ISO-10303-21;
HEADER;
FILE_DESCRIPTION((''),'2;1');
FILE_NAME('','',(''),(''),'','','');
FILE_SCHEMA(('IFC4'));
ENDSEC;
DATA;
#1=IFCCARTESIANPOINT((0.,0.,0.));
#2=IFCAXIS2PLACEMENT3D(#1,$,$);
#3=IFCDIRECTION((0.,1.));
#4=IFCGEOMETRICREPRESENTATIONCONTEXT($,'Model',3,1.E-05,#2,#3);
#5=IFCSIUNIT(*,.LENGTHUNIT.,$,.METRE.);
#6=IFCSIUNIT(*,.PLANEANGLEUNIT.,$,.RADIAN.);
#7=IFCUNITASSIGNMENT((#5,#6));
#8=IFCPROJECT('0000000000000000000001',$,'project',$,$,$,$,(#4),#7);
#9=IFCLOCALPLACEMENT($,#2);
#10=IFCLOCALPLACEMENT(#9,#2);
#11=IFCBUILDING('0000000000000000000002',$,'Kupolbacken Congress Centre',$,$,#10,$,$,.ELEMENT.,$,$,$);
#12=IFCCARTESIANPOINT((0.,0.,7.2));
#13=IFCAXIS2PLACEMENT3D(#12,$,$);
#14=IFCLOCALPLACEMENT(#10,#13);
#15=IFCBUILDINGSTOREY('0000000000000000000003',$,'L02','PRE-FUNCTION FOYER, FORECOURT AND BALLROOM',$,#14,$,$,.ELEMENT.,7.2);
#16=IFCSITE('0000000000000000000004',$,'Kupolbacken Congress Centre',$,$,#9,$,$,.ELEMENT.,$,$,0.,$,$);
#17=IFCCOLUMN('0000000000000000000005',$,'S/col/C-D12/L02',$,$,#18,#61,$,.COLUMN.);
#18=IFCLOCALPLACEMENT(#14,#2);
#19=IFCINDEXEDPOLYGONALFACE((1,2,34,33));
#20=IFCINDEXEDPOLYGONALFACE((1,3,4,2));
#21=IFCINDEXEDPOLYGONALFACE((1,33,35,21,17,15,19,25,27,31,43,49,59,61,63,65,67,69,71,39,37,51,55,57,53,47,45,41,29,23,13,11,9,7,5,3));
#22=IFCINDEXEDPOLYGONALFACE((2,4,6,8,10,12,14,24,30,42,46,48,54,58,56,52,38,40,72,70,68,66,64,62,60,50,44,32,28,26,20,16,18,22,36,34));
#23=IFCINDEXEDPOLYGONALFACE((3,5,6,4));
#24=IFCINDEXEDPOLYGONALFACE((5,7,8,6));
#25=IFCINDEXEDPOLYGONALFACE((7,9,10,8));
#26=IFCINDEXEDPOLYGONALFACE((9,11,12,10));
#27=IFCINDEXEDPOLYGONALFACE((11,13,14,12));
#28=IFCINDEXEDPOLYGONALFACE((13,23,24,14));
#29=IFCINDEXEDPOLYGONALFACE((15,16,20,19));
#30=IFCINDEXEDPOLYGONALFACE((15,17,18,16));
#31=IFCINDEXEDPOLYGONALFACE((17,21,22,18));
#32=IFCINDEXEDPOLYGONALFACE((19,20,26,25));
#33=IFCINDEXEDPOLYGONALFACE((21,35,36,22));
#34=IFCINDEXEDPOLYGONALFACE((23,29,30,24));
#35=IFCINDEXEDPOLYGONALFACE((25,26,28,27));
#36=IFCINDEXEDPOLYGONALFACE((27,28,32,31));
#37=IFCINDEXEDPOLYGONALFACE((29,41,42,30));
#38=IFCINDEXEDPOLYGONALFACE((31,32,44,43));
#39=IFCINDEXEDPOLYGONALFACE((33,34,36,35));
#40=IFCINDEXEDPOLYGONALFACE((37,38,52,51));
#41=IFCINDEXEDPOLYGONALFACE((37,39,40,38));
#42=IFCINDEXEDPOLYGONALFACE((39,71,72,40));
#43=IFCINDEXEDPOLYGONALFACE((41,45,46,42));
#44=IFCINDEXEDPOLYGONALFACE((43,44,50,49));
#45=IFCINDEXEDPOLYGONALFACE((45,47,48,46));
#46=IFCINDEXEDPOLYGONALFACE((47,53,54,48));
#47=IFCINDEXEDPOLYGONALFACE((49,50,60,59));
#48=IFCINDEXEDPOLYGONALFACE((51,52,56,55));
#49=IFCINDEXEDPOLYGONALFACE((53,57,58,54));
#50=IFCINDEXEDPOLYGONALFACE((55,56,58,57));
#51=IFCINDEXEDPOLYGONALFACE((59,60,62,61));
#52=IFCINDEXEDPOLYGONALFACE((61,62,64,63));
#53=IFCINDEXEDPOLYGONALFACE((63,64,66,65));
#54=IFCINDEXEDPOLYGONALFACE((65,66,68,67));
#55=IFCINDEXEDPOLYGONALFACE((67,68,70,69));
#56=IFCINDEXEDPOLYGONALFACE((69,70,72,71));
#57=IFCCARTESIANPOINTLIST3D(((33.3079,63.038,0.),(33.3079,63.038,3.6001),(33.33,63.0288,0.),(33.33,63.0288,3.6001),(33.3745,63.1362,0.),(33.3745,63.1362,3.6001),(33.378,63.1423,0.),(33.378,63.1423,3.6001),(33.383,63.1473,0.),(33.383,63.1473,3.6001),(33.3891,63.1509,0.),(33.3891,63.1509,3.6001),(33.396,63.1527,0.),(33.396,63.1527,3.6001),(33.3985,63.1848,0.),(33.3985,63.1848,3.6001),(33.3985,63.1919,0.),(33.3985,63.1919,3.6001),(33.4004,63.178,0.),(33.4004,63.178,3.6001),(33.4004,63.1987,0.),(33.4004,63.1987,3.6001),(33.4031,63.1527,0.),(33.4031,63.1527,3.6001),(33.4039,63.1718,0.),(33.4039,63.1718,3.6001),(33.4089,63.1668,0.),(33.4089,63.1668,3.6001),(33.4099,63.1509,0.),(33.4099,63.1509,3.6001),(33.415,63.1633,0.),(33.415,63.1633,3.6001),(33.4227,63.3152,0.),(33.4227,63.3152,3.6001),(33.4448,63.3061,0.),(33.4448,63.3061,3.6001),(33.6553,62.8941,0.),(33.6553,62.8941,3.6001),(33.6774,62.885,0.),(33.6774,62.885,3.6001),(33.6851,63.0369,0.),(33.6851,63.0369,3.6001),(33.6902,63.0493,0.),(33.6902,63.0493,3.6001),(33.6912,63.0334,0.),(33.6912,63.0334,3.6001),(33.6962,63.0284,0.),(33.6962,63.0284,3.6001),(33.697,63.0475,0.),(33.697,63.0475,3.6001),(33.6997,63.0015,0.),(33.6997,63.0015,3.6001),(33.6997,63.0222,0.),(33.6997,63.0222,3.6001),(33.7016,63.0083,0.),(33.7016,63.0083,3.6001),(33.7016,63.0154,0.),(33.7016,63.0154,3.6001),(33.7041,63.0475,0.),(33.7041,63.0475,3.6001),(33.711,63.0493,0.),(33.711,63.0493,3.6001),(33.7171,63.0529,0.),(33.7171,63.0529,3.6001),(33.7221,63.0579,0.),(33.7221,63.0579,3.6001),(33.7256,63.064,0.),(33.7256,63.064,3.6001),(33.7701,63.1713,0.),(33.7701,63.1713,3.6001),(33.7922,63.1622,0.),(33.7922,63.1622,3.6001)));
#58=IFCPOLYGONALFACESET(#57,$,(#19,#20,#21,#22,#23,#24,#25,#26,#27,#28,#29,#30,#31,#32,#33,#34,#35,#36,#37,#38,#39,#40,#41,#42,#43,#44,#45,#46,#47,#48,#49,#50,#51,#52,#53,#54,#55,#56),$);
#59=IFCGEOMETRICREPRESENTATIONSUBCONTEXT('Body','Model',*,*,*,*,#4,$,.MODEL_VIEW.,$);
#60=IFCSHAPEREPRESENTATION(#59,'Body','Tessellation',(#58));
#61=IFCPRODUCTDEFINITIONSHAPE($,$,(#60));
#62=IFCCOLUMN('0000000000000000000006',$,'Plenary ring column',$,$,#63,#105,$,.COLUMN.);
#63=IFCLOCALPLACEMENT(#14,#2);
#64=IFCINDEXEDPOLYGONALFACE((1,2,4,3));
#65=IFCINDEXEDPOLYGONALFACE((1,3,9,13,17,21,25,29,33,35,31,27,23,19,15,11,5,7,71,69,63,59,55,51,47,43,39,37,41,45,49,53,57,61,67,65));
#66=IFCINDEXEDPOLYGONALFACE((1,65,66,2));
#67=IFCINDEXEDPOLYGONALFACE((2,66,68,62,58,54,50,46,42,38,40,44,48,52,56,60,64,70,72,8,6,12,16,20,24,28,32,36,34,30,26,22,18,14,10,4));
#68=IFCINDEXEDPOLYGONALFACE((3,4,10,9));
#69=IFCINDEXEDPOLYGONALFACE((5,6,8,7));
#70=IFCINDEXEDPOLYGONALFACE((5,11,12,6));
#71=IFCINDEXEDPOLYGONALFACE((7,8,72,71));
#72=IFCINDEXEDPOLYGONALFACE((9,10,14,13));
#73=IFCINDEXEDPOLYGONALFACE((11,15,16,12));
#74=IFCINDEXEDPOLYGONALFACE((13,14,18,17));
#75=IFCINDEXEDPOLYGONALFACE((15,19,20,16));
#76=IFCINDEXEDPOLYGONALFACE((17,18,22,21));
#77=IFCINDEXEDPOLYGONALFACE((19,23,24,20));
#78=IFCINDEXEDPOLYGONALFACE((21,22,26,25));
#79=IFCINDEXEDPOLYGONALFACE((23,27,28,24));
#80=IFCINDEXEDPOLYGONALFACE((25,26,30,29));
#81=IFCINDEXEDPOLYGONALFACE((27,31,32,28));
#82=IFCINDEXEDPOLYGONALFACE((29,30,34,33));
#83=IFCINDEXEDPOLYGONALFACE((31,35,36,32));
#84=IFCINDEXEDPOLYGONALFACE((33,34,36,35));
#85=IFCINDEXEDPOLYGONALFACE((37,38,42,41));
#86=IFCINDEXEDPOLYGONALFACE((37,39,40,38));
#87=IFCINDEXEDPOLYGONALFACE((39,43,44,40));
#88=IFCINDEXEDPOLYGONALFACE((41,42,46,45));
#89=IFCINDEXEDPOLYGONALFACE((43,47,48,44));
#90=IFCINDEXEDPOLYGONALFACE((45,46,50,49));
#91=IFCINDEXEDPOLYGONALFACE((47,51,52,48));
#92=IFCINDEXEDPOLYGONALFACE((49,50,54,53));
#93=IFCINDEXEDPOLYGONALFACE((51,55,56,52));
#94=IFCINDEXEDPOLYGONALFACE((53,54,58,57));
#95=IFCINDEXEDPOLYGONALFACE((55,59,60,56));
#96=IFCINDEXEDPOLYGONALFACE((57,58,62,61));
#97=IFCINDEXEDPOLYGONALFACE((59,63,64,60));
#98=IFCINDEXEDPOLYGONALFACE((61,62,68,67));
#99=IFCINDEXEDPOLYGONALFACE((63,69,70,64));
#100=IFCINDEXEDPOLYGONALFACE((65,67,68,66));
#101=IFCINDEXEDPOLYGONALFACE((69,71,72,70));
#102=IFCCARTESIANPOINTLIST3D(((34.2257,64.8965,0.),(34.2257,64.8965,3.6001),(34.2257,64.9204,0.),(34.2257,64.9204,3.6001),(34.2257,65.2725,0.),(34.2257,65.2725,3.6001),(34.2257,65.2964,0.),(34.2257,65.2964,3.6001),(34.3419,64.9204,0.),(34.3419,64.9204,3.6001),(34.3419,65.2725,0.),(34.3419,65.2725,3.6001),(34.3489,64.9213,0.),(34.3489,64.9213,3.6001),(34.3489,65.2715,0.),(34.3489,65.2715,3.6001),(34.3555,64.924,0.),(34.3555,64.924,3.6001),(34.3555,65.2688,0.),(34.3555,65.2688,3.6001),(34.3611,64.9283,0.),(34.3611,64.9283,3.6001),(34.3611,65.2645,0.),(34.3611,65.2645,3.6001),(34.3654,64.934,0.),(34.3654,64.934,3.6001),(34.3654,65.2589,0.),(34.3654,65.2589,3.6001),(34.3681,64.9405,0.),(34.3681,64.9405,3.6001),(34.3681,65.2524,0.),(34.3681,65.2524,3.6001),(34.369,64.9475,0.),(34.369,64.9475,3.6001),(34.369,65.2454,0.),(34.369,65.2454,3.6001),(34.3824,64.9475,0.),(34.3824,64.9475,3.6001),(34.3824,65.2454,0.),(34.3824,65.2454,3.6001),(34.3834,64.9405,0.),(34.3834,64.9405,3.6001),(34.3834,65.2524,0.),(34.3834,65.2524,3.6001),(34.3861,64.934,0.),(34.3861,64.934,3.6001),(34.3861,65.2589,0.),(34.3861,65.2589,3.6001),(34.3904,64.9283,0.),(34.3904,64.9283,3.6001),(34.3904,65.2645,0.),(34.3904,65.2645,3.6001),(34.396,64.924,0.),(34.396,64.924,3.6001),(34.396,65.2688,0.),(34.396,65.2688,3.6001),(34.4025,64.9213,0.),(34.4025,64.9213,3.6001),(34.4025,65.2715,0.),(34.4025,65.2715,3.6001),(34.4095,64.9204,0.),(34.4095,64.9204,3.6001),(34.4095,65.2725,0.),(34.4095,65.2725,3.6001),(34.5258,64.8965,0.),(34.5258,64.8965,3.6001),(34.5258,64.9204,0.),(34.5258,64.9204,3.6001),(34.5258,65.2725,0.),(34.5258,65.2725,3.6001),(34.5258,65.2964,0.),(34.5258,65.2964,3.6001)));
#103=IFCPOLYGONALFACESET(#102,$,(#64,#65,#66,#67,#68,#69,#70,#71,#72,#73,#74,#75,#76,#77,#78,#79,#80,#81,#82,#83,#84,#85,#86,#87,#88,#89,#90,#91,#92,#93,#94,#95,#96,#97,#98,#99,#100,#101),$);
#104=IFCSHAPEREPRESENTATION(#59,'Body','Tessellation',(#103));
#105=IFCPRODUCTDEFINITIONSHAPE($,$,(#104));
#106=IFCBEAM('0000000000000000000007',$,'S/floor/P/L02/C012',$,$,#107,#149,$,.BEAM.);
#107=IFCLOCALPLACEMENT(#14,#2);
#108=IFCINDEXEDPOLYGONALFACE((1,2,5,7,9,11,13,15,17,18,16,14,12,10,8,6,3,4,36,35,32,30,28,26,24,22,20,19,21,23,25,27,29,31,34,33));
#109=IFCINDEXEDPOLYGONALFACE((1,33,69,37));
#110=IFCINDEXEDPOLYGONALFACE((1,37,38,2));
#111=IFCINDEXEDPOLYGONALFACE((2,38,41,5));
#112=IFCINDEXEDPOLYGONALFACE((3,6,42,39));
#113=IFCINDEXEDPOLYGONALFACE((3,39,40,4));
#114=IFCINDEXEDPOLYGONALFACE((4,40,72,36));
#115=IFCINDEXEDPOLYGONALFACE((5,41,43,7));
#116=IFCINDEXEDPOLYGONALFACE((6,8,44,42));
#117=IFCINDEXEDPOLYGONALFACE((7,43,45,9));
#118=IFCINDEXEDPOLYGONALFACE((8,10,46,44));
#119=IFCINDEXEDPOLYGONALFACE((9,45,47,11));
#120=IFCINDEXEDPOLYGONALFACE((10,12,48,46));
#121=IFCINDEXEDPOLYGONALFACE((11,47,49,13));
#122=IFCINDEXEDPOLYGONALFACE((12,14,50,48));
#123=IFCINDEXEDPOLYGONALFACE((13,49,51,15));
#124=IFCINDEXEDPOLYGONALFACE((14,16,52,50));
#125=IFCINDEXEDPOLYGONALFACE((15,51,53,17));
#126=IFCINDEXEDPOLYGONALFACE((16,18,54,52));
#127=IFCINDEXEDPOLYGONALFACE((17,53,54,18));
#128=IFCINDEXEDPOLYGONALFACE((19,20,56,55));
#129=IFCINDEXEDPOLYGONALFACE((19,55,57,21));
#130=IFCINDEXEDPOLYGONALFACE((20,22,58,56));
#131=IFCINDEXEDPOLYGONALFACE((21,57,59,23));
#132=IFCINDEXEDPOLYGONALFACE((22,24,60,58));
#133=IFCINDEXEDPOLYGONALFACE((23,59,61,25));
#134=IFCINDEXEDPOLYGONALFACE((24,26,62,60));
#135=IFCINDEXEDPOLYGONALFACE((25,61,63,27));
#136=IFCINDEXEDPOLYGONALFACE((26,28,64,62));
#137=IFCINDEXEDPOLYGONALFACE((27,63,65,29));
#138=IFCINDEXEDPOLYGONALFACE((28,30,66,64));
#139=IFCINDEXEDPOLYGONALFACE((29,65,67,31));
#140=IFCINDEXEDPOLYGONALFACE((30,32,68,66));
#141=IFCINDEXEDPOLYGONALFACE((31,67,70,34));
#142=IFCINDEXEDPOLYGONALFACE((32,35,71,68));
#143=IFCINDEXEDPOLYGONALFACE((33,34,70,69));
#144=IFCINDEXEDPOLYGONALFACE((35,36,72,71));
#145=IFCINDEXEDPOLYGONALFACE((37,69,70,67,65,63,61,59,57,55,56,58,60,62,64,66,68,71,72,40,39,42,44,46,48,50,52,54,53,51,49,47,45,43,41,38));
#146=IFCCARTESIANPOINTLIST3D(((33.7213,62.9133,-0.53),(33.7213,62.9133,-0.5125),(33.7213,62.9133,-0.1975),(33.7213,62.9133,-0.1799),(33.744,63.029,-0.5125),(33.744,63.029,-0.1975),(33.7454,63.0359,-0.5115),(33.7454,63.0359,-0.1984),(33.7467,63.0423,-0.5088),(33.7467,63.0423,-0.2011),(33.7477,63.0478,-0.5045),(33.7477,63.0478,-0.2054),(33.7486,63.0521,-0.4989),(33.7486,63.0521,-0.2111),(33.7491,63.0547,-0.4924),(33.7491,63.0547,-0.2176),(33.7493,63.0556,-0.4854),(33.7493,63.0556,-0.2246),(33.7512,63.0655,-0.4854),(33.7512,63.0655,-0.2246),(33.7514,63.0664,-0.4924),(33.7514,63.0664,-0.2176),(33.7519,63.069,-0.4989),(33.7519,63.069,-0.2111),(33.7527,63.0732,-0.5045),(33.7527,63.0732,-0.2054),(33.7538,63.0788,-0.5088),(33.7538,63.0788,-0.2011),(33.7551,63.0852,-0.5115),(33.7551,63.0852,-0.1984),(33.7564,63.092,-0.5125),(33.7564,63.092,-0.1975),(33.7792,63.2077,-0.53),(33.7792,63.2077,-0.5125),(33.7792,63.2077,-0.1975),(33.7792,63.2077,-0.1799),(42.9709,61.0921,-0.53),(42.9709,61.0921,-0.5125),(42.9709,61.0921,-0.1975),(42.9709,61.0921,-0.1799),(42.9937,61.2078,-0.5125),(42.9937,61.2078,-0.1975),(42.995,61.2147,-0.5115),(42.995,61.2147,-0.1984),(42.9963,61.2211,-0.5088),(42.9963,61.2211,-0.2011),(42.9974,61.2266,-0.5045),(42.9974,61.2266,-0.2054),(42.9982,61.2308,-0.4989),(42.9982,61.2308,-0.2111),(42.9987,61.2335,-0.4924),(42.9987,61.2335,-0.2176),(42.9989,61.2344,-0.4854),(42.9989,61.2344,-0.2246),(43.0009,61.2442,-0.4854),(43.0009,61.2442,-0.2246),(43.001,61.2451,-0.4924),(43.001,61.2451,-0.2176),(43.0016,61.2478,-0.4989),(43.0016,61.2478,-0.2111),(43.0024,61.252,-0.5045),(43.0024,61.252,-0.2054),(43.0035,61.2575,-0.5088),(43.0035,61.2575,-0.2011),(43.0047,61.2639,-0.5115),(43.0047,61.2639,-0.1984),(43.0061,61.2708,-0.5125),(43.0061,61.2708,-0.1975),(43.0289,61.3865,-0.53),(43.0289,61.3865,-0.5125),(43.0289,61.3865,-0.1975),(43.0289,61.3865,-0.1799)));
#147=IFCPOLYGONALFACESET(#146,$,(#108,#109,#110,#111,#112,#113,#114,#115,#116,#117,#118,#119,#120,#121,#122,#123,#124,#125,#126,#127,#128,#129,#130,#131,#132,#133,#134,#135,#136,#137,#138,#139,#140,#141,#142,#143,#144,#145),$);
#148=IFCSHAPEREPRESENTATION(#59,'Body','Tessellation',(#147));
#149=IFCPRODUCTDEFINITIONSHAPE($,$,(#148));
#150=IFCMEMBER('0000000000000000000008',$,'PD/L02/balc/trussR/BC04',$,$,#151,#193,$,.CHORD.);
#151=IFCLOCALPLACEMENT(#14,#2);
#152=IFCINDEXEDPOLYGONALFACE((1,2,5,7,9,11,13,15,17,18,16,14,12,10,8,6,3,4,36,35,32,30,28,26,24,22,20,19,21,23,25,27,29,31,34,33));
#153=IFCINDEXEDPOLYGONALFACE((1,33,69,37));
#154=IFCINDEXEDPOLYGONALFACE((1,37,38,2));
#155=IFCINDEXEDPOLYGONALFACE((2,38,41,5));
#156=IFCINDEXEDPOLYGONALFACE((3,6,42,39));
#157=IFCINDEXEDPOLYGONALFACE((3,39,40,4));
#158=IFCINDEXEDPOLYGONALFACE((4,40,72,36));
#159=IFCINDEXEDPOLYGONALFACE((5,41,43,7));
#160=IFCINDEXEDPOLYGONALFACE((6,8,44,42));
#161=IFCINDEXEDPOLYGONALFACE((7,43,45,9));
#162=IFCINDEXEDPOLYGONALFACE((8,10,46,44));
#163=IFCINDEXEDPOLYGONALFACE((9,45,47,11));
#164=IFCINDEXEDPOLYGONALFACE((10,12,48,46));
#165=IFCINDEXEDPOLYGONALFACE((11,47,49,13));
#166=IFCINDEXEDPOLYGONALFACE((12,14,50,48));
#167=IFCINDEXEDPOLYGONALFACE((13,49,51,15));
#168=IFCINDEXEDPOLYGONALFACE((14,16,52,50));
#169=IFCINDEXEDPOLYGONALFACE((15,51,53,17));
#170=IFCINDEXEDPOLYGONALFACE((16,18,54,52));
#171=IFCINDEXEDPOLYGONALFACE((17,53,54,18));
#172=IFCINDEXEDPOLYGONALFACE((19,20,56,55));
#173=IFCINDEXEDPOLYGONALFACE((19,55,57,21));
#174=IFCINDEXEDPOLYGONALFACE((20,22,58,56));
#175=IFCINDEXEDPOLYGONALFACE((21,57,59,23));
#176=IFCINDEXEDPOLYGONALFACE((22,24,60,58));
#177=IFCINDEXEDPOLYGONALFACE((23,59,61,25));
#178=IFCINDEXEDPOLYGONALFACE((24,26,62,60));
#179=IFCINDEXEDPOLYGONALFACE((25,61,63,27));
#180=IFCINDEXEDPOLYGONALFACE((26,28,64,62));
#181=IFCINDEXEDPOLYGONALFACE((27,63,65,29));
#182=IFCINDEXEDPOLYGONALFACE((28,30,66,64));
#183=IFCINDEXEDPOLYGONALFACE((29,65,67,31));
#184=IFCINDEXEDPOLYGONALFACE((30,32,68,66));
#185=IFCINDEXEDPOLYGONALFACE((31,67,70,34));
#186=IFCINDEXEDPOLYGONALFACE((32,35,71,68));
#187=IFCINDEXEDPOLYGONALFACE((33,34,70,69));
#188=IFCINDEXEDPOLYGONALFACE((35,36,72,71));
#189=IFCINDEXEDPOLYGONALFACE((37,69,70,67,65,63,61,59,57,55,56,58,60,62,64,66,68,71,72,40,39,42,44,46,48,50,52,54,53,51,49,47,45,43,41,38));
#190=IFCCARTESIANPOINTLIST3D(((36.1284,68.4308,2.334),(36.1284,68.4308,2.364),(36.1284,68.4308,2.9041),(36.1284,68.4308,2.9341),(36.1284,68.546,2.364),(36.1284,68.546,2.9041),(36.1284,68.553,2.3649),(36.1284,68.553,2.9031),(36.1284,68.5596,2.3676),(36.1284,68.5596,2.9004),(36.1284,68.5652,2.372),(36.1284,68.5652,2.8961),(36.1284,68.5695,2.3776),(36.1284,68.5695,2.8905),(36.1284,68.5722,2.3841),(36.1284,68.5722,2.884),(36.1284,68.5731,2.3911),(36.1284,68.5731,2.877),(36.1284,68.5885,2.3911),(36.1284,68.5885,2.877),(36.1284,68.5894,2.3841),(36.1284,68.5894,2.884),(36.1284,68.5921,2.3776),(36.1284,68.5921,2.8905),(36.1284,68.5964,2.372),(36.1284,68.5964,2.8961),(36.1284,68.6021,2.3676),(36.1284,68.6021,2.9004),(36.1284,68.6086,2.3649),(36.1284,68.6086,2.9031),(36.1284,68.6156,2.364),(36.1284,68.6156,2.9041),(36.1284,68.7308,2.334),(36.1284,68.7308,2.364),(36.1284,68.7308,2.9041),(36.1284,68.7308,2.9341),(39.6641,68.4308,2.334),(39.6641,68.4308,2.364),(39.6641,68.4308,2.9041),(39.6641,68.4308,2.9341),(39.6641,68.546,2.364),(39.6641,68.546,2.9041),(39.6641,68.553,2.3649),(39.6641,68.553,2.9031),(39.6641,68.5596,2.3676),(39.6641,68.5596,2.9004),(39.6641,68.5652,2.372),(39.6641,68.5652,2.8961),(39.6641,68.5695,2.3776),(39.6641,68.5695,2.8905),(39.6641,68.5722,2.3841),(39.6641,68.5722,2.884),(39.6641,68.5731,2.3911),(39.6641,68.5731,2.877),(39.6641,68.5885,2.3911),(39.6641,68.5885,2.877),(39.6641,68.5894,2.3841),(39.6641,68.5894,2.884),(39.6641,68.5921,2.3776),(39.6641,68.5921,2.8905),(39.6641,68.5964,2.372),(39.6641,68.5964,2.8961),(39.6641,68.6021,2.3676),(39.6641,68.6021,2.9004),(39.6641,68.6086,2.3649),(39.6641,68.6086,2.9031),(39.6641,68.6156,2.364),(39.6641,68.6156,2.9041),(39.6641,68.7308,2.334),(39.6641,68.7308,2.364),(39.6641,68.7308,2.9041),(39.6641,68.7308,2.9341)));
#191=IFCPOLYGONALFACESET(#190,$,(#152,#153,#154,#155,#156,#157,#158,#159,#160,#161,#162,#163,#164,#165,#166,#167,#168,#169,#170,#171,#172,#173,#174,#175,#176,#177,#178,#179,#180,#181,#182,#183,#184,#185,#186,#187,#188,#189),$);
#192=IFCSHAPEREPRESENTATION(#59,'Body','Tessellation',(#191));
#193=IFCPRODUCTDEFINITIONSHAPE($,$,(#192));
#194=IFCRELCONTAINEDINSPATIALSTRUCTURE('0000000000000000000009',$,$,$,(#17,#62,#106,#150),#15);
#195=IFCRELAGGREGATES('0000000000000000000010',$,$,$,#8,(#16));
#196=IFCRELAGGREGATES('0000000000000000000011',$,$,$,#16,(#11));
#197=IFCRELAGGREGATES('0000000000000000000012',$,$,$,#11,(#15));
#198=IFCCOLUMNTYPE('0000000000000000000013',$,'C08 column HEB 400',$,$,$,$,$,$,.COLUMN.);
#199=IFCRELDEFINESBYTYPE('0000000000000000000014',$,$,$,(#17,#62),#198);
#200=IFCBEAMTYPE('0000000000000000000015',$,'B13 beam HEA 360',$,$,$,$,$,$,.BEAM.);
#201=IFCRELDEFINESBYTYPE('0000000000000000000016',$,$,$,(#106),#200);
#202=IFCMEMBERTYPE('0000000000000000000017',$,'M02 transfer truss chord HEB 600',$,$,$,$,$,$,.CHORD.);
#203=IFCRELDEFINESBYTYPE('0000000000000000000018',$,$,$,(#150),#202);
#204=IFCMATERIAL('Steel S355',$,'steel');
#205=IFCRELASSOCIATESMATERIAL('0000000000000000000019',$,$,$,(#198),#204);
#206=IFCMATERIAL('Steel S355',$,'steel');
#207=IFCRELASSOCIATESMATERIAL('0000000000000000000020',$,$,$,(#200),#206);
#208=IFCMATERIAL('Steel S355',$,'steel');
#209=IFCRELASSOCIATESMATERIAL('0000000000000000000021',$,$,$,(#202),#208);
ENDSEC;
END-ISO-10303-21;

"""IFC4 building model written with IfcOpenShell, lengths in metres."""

from ifc_helpers import new_model, si_unit, direction, frame, origin, origin_2d, place, context, subcontext, project, spatial, i_section, extrude, material, material_profile, profile_set, type_object, element, save


model = new_model("IFC4")

# Units and contexts
model_context = context("Model", 3, precision=1e-05, world=origin(), true_north=direction((0.0, 1.0)))
body_context = subcontext(model_context, "Body", "Model", "MODEL_VIEW")
ifc_project = project(units=[si_unit("LENGTHUNIT", "METRE"), si_unit("PLANEANGLEUNIT", "RADIAN")], contexts=[model_context])

# Site, building, storey
site_placement = place(None, origin())
site = spatial("IfcSite", under=ifc_project, at=site_placement, Name="Kupolbacken Congress Centre", CompositionType="ELEMENT", RefElevation=0.0)
building_placement = place(site_placement, origin())
building = spatial("IfcBuilding", under=site, at=building_placement, Name="Kupolbacken Congress Centre", CompositionType="ELEMENT")
storey_placement = place(building_placement, frame((0.0, 0.0, 7.2)))
storey = spatial("IfcBuildingStorey", under=building, at=storey_placement, Name="L02", Description="PRE-FUNCTION FOYER, FORECOURT AND BALLROOM", CompositionType="ELEMENT", Elevation=7.2)

# Columns
ifc_material_1 = material(Name="Steel S355", Category="steel")
ifc_material_profile_1 = material_profile(ifc_material_1, i_section(OverallWidth=0.3, OverallDepth=0.3999, WebThickness=0.0134, FlangeThickness=0.0239, FilletRadius=0.0271, at=origin_2d()), Name="HEB 400")
ifc_profile_set_1 = profile_set([ifc_material_profile_1], Name="Steel S355")
column_type = type_object("IfcColumnType", Name="C08 column HEB 400", PredefinedType="COLUMN", material=ifc_profile_set_1)
for number, where, z_axis, x_axis, name in (
    (1, (33.55, 63.1001, 0.0), (0.0, 0.0, 1.0), (-0.382644, -0.923896, 0.0), "S/col/C-D12/L02"),
    (2, (34.3757, 65.0964, 0.0), (0.0, 0.0, 1.0), (1.0, 0.0, 0.0), "Plenary ring column"),
):
    element("IfcColumn", number, at=place(storey_placement, frame(where, z_axis=z_axis, x_axis=x_axis)), inside=storey, type_object=column_type, Name=name, PredefinedType="COLUMN", context=body_context, shape_type="SweptSolid", body=[
        extrude(i_section(OverallWidth=0.3, OverallDepth=0.3999, WebThickness=0.0134, FlangeThickness=0.0239, FilletRadius=0.0271, at=origin_2d()), origin(), (0.0, 0.0, 1.0), 3.6001),
    ])

# Beam
ifc_material_2 = material(Name="Steel S355", Category="steel")
ifc_material_profile_2 = material_profile(ifc_material_2, i_section(OverallWidth=0.3, OverallDepth=0.3501, WebThickness=0.01, FlangeThickness=0.0176, FilletRadius=0.0271, at=origin_2d()), Name="HEA 360")
ifc_profile_set_2 = profile_set([ifc_material_profile_2], Name="Steel S355")
beam_type = type_object("IfcBeamType", Name="B13 beam HEA 360", PredefinedType="BEAM", material=ifc_profile_set_2)
beam_placement = place(storey_placement, frame((33.7502, 63.0605, -0.355), z_axis=(0.981161, -0.193192, 0.0), x_axis=(0.193192, 0.981161, 0.0)))
element("IfcBeam", 3, at=beam_placement, inside=storey, type_object=beam_type, Name="S/floor/P/L02/C012", PredefinedType="BEAM", context=body_context, shape_type="SweptSolid", body=[
    extrude(i_section(OverallWidth=0.3, OverallDepth=0.3501, WebThickness=0.01, FlangeThickness=0.0176, FilletRadius=0.0271, at=origin_2d()), origin(), (0.0, 0.0, 1.0), 9.4272),
])

# Member
ifc_material_3 = material(Name="Steel S355", Category="steel")
ifc_material_profile_3 = material_profile(ifc_material_3, i_section(OverallWidth=0.3, OverallDepth=0.6001, WebThickness=0.0154, FlangeThickness=0.03, FilletRadius=0.0271, at=origin_2d()), Name="HEB 600")
ifc_profile_set_3 = profile_set([ifc_material_profile_3], Name="Steel S355")
member_type_1 = type_object("IfcMemberType", Name="M02 transfer truss chord HEB 600", PredefinedType="CHORD", material=ifc_profile_set_3)
member_1_placement = place(storey_placement, frame((36.1284, 68.5808, 2.634), z_axis=(1.0, 0.0, 0.0), x_axis=(0.0, 1.0, 0.0)))
element("IfcMember", 4, at=member_1_placement, inside=storey, type_object=member_type_1, Name="PD/L02/balc/trussR/BC04", PredefinedType="CHORD", context=body_context, shape_type="SweptSolid", body=[
    extrude(i_section(OverallWidth=0.3, OverallDepth=0.6001, WebThickness=0.0154, FlangeThickness=0.03, FilletRadius=0.0271, at=origin_2d()), origin(), (0.0, 0.0, 1.0), 3.5356),
])

save(model, "model.ifc")
